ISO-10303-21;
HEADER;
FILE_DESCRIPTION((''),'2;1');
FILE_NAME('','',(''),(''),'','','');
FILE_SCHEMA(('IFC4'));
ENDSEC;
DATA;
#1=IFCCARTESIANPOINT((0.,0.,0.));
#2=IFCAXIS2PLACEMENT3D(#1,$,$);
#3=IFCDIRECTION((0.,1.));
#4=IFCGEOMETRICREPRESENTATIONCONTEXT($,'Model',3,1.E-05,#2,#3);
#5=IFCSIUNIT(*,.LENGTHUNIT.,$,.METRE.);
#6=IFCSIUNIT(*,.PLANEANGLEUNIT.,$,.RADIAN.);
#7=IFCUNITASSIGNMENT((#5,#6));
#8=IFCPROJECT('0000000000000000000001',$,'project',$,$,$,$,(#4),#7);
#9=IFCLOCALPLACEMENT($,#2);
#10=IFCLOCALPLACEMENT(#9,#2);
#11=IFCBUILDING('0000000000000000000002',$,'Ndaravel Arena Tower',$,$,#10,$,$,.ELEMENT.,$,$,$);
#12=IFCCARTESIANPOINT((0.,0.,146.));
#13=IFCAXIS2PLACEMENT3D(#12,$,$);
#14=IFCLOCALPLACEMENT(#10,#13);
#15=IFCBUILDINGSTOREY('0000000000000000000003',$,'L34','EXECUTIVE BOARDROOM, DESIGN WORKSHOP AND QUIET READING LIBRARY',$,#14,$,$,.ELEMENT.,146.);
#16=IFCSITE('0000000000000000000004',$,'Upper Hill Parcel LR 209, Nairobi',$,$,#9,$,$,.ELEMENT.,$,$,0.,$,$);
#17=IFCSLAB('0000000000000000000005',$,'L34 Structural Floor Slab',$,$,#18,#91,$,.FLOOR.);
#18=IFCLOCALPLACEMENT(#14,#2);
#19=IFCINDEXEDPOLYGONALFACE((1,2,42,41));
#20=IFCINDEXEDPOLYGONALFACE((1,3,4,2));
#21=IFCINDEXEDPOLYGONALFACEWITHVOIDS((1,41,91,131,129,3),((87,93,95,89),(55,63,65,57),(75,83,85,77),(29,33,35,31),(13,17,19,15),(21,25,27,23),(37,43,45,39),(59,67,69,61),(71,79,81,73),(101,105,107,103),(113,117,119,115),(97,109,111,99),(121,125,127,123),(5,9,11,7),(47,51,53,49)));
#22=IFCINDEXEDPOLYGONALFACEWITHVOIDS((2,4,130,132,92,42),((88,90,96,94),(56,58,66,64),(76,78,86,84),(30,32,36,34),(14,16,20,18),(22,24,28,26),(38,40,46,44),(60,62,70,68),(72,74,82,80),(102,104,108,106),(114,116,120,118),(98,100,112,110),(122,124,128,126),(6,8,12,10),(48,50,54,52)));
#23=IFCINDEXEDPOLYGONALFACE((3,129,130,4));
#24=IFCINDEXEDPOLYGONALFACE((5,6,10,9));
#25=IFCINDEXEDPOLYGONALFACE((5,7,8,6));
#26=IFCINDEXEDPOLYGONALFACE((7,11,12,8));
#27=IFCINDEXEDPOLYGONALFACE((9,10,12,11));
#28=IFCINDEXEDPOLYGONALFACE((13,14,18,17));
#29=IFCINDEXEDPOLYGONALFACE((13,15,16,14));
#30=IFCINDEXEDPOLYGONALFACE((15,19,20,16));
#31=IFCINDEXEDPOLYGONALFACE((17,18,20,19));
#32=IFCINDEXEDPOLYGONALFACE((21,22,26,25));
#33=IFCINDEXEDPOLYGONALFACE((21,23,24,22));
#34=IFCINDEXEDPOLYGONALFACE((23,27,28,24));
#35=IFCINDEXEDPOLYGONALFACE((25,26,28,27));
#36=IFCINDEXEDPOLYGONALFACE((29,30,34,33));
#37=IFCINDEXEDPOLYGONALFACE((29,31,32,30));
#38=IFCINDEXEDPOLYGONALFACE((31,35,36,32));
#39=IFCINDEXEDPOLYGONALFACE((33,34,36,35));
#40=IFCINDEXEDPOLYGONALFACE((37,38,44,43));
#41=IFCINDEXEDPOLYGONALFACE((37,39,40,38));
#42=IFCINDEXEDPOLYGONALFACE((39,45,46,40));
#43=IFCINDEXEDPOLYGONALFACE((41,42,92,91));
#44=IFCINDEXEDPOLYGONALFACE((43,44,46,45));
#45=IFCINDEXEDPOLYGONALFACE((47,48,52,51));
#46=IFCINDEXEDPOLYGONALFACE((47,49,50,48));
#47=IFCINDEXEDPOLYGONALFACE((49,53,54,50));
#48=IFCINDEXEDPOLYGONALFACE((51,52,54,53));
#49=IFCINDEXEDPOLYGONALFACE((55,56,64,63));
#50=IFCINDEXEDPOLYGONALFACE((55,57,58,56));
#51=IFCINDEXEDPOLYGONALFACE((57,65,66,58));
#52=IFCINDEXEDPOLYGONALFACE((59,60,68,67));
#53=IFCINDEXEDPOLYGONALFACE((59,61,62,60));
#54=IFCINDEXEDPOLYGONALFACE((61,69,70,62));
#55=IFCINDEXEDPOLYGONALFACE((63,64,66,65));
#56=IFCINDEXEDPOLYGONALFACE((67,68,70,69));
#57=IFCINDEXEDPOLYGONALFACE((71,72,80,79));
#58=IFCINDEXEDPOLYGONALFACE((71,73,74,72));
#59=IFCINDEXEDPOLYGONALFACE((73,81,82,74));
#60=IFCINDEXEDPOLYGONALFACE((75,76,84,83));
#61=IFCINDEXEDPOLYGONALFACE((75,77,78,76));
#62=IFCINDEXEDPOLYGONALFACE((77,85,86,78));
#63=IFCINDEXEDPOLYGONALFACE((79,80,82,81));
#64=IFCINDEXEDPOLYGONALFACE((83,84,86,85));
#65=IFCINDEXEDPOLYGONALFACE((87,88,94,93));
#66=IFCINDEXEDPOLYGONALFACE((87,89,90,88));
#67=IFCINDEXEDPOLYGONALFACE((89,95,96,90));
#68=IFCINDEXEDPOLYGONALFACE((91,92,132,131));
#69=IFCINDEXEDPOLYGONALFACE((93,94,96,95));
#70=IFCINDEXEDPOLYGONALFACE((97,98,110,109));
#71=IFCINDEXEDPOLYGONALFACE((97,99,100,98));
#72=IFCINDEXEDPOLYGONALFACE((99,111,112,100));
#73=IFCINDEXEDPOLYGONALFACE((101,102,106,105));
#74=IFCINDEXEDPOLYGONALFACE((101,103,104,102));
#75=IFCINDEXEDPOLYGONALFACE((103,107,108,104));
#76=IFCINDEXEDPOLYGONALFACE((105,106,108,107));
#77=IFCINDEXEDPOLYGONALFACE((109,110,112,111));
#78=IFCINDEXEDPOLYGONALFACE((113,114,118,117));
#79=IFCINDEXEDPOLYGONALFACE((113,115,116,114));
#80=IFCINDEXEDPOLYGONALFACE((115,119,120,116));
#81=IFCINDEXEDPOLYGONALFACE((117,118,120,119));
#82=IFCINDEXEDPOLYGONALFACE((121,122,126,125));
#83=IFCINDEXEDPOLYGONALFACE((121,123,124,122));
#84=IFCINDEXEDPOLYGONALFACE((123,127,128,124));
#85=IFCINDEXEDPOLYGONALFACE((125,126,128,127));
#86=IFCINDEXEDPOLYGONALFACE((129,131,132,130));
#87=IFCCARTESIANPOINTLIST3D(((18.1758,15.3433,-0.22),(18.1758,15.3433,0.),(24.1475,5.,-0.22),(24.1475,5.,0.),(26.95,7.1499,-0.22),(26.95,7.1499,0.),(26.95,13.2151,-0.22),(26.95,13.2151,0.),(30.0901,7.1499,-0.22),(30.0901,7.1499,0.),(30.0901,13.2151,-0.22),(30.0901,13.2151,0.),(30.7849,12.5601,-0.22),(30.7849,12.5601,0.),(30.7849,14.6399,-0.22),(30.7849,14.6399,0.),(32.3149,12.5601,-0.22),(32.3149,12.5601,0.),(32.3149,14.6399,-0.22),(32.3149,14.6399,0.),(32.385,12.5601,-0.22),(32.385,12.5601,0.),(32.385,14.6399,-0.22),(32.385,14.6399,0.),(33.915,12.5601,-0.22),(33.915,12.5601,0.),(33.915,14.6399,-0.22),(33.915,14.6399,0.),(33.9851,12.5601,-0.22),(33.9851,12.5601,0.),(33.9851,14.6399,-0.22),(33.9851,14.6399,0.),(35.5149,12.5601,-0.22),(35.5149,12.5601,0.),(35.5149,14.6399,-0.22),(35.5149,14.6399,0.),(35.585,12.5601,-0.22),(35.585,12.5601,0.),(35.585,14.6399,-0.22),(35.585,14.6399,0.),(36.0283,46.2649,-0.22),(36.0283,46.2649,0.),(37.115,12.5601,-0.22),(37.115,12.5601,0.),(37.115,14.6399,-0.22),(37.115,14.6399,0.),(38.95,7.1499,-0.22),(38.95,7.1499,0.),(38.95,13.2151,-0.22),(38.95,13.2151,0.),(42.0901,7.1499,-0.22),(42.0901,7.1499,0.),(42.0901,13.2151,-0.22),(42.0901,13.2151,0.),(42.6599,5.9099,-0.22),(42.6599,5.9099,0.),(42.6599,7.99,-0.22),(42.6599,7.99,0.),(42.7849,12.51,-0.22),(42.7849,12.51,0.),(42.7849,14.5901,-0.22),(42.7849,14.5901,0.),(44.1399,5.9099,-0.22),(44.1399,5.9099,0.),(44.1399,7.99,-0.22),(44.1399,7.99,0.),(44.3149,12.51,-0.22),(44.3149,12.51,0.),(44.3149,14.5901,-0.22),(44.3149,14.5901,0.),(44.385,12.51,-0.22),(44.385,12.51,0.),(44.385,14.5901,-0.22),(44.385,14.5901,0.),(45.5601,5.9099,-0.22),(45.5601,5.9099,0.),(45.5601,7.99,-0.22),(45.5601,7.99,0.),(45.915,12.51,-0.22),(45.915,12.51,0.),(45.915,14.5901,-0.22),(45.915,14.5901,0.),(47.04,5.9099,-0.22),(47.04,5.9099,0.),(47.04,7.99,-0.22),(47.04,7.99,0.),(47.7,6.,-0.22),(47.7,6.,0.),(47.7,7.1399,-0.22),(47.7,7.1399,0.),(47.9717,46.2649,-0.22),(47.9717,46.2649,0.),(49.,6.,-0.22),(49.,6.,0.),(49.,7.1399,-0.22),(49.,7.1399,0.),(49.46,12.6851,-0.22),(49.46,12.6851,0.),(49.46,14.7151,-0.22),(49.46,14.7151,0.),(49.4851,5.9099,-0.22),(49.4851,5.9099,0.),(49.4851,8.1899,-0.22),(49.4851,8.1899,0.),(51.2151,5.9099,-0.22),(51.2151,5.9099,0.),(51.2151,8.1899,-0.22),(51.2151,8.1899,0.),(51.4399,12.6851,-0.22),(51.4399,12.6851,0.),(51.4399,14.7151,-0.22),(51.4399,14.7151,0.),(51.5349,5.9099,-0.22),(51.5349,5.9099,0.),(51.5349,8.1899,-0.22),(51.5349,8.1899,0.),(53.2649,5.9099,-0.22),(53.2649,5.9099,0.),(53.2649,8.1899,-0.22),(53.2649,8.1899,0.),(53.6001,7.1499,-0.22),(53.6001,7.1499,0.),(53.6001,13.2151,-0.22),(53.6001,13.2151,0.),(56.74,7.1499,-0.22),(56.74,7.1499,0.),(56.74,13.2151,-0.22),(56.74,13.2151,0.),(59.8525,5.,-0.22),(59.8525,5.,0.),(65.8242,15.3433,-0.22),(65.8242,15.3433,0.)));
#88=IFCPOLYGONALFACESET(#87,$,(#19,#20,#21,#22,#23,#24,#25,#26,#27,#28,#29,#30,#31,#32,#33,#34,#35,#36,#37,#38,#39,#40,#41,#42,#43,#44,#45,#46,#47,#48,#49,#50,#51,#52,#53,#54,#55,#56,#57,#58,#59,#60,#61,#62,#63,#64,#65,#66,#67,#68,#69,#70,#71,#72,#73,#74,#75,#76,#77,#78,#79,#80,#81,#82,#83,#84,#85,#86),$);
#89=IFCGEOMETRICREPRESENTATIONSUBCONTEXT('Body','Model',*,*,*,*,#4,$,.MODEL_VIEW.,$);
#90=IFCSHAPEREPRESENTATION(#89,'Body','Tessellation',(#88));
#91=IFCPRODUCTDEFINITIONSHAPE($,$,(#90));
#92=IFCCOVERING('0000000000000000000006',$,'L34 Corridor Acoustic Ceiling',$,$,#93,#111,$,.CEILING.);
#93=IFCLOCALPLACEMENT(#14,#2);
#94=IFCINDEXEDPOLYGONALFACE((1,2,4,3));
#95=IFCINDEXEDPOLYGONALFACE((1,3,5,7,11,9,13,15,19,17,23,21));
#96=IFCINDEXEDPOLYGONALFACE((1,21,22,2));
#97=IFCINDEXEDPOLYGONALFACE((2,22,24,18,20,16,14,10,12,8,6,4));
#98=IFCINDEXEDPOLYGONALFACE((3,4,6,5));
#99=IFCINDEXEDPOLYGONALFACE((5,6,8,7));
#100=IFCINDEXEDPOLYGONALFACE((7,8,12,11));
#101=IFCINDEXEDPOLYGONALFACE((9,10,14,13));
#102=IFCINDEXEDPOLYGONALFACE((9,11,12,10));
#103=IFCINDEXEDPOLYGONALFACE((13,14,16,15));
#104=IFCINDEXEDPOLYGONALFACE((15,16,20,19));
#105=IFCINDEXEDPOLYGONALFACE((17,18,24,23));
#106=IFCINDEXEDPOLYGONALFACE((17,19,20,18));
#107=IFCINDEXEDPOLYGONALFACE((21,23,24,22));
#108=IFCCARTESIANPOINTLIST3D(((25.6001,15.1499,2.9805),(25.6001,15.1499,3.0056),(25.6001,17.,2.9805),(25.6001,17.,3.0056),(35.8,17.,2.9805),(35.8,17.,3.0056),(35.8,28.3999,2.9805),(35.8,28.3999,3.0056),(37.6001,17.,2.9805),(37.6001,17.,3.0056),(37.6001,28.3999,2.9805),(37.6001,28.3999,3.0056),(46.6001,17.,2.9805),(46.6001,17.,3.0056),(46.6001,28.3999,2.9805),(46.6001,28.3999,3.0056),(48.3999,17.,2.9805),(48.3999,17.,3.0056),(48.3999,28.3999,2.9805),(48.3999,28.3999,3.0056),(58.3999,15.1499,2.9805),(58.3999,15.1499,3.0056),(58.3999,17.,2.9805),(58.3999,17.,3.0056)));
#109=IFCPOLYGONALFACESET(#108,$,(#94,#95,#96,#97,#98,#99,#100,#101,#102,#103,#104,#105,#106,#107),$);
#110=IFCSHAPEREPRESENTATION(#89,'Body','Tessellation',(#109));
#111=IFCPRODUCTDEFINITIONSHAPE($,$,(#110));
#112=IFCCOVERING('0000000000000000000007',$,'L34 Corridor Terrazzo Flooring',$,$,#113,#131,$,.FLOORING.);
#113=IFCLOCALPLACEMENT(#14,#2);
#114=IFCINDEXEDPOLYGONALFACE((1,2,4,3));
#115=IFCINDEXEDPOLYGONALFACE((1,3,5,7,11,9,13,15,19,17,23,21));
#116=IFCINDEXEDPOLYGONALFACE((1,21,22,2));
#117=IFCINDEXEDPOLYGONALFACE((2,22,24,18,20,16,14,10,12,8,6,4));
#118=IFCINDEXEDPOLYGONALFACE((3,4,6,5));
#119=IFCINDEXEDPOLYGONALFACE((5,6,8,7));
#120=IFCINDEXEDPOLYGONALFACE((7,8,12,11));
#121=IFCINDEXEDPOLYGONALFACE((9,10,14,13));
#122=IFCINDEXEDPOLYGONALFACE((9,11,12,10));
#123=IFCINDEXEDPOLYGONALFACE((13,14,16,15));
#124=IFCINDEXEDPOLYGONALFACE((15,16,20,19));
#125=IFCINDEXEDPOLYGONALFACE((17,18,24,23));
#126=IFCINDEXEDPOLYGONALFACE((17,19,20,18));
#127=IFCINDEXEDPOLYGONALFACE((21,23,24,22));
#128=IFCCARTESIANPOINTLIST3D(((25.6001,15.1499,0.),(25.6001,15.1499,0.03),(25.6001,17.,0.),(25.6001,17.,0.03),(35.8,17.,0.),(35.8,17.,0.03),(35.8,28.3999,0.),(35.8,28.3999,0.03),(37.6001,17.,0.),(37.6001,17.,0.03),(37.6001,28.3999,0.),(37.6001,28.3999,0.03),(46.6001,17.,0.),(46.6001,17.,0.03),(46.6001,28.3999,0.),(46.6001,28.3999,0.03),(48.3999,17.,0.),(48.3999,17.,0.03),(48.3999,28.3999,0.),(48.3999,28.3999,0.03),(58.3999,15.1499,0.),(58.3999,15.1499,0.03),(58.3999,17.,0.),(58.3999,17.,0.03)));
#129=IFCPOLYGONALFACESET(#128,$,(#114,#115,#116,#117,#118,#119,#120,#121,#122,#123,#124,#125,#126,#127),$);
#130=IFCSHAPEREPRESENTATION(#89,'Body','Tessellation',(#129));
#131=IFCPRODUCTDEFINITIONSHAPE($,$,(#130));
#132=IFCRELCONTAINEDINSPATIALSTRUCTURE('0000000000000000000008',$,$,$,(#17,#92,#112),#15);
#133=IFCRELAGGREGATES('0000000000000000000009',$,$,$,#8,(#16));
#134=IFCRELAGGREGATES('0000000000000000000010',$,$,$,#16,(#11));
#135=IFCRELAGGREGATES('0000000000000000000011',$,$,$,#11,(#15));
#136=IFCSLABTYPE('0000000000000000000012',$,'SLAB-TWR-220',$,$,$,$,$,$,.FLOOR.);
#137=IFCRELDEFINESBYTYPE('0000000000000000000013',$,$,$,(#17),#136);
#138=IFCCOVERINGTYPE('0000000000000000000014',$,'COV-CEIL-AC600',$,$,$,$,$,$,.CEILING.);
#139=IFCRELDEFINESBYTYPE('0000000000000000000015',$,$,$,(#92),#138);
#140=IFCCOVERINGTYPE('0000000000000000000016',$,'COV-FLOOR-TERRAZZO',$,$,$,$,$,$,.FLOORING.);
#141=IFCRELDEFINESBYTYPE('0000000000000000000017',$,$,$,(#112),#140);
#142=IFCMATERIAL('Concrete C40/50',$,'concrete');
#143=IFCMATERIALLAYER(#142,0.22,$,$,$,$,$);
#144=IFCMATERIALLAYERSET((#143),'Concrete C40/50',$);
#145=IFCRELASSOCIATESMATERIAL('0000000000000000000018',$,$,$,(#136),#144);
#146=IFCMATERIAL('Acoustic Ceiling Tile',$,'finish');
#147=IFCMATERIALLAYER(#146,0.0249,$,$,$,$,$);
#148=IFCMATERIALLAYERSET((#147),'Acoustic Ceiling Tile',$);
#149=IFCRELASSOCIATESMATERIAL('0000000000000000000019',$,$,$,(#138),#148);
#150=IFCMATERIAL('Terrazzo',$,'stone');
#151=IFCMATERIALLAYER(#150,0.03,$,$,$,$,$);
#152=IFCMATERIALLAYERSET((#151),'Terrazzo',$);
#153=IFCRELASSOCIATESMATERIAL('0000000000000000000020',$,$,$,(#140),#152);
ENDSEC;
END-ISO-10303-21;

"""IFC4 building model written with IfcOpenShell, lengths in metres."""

from ifc_helpers import new_model, si_unit, direction, frame, origin, place, context, subcontext, project, spatial, polyline, outline, extrude, material, layer, layer_set, type_object, element, save


model = new_model("IFC4")

# Units and contexts
model_context = context("Model", 3, precision=1e-05, world=origin(), true_north=direction((0.0, 1.0)))
body_context = subcontext(model_context, "Body", "Model", "MODEL_VIEW")
ifc_project = project(units=[si_unit("LENGTHUNIT", "METRE"), si_unit("PLANEANGLEUNIT", "RADIAN")], contexts=[model_context])

# Site, building, storey
site_placement = place(None, origin())
site = spatial("IfcSite", under=ifc_project, at=site_placement, Name="Upper Hill Parcel LR 209, Nairobi", CompositionType="ELEMENT", RefElevation=0.0)
building_placement = place(site_placement, origin())
building = spatial("IfcBuilding", under=site, at=building_placement, Name="Ndaravel Arena Tower", CompositionType="ELEMENT")
storey_placement = place(building_placement, frame((0.0, 0.0, 146.0)))
storey = spatial("IfcBuildingStorey", under=building, at=storey_placement, Name="L34", Description="EXECUTIVE BOARDROOM, DESIGN WORKSHOP AND QUIET READING LIBRARY", CompositionType="ELEMENT", Elevation=146.0)

# Slab
ifc_material_1 = material(Name="Concrete C40/50", Category="concrete")
ifc_layer_1 = layer(ifc_material_1, 0.22)
ifc_layer_set_1 = layer_set([ifc_layer_1], Name="Concrete C40/50")
slab_type_1 = type_object("IfcSlabType", Name="SLAB-TWR-220", PredefinedType="FLOOR", material=ifc_layer_set_1)
slab_1_placement = place(storey_placement, frame((0.0, 0.0, -0.22)))
element("IfcSlab", 1, at=slab_1_placement, inside=storey, type_object=slab_type_1, Name="L34 Structural Floor Slab", PredefinedType="FLOOR", context=body_context, shape_type="SweptSolid", body=[
    extrude(outline(polyline([(18.1758, 15.3433), (24.1475, 5.0), (59.8525, 5.0), (65.8242, 15.3433), (47.9717, 46.2649), (36.0283, 46.2649), (18.1758, 15.3433)]), holes=[polyline([(26.95, 13.2151), (26.95, 7.1499), (30.0901, 7.1499), (30.0901, 13.2151), (26.95, 13.2151)]), polyline([(38.95, 13.2151), (38.95, 7.1499), (42.0901, 7.1499), (42.0901, 13.2151), (38.95, 13.2151)]), polyline([(53.6001, 13.2151), (53.6001, 7.1499), (56.74, 7.1499), (56.74, 13.2151), (53.6001, 13.2151)]), polyline([(30.7849, 12.5601), (32.3149, 12.5601), (32.3149, 14.6399), (30.7849, 14.6399), (30.7849, 12.5601)]), polyline([(32.385, 12.5601), (33.915, 12.5601), (33.915, 14.6399), (32.385, 14.6399), (32.385, 12.5601)]), polyline([(33.9851, 12.5601), (35.5149, 12.5601), (35.5149, 14.6399), (33.9851, 14.6399), (33.9851, 12.5601)]), polyline([(35.585, 12.5601), (37.115, 12.5601), (37.115, 14.6399), (35.585, 14.6399), (35.585, 12.5601)]), polyline([(42.6599, 5.9099), (44.1399, 5.9099), (44.1399, 7.99), (42.6599, 7.99), (42.6599, 5.9099)]), polyline([(45.5601, 5.9099), (47.04, 5.9099), (47.04, 7.99), (45.5601, 7.99), (45.5601, 5.9099)]), polyline([(42.7849, 12.51), (44.3149, 12.51), (44.3149, 14.5901), (42.7849, 14.5901), (42.7849, 12.51)]), polyline([(44.385, 12.51), (45.915, 12.51), (45.915, 14.5901), (44.385, 14.5901), (44.385, 12.51)]), polyline([(49.4851, 5.9099), (51.2151, 5.9099), (51.2151, 8.1899), (49.4851, 8.1899), (49.4851, 5.9099)]), polyline([(51.5349, 5.9099), (53.2649, 5.9099), (53.2649, 8.1899), (51.5349, 8.1899), (51.5349, 5.9099)]), polyline([(49.46, 12.6851), (51.4399, 12.6851), (51.4399, 14.7151), (49.46, 14.7151), (49.46, 12.6851)]), polyline([(47.7, 6.0), (49.0, 6.0), (49.0, 7.1399), (47.7, 7.1399), (47.7, 6.0)])]), origin(), (0.0, 0.0, 1.0), 0.22),
])

# Coverings
ifc_material_2 = material(Name="Acoustic Ceiling Tile", Category="finish")
ifc_layer_2 = layer(ifc_material_2, 0.0249)
ifc_layer_set_2 = layer_set([ifc_layer_2], Name="Acoustic Ceiling Tile")
covering_type_1 = type_object("IfcCoveringType", Name="COV-CEIL-AC600", PredefinedType="CEILING", material=ifc_layer_set_2)
covering_1_placement = place(storey_placement, frame((0.0, 0.0, 2.9805)))
element("IfcCovering", 2, at=covering_1_placement, inside=storey, type_object=covering_type_1, Name="L34 Corridor Acoustic Ceiling", PredefinedType="CEILING", context=body_context, shape_type="SweptSolid", body=[
    extrude(outline(polyline([(58.3999, 17.0), (48.3999, 17.0), (48.3999, 28.3999), (46.6001, 28.3999), (46.6001, 17.0), (37.6001, 17.0), (37.6001, 28.3999), (35.8, 28.3999), (35.8, 17.0), (25.6001, 17.0), (25.6001, 15.1499), (58.3999, 15.1499), (58.3999, 17.0)])), origin(), (0.0, 0.0, 1.0), 0.0251),
])
ifc_material_3 = material(Name="Terrazzo", Category="stone")
ifc_layer_3 = layer(ifc_material_3, 0.03)
ifc_layer_set_3 = layer_set([ifc_layer_3], Name="Terrazzo")
covering_type_2 = type_object("IfcCoveringType", Name="COV-FLOOR-TERRAZZO", PredefinedType="FLOORING", material=ifc_layer_set_3)
covering_2_placement = place(storey_placement, origin())
element("IfcCovering", 3, at=covering_2_placement, inside=storey, type_object=covering_type_2, Name="L34 Corridor Terrazzo Flooring", PredefinedType="FLOORING", context=body_context, shape_type="SweptSolid", body=[
    extrude(outline(polyline([(58.3999, 17.0), (48.3999, 17.0), (48.3999, 28.3999), (46.6001, 28.3999), (46.6001, 17.0), (37.6001, 17.0), (37.6001, 28.3999), (35.8, 28.3999), (35.8, 17.0), (25.6001, 17.0), (25.6001, 15.1499), (58.3999, 15.1499), (58.3999, 17.0)])), origin(), (0.0, 0.0, 1.0), 0.03),
])

save(model, "model.ifc")
